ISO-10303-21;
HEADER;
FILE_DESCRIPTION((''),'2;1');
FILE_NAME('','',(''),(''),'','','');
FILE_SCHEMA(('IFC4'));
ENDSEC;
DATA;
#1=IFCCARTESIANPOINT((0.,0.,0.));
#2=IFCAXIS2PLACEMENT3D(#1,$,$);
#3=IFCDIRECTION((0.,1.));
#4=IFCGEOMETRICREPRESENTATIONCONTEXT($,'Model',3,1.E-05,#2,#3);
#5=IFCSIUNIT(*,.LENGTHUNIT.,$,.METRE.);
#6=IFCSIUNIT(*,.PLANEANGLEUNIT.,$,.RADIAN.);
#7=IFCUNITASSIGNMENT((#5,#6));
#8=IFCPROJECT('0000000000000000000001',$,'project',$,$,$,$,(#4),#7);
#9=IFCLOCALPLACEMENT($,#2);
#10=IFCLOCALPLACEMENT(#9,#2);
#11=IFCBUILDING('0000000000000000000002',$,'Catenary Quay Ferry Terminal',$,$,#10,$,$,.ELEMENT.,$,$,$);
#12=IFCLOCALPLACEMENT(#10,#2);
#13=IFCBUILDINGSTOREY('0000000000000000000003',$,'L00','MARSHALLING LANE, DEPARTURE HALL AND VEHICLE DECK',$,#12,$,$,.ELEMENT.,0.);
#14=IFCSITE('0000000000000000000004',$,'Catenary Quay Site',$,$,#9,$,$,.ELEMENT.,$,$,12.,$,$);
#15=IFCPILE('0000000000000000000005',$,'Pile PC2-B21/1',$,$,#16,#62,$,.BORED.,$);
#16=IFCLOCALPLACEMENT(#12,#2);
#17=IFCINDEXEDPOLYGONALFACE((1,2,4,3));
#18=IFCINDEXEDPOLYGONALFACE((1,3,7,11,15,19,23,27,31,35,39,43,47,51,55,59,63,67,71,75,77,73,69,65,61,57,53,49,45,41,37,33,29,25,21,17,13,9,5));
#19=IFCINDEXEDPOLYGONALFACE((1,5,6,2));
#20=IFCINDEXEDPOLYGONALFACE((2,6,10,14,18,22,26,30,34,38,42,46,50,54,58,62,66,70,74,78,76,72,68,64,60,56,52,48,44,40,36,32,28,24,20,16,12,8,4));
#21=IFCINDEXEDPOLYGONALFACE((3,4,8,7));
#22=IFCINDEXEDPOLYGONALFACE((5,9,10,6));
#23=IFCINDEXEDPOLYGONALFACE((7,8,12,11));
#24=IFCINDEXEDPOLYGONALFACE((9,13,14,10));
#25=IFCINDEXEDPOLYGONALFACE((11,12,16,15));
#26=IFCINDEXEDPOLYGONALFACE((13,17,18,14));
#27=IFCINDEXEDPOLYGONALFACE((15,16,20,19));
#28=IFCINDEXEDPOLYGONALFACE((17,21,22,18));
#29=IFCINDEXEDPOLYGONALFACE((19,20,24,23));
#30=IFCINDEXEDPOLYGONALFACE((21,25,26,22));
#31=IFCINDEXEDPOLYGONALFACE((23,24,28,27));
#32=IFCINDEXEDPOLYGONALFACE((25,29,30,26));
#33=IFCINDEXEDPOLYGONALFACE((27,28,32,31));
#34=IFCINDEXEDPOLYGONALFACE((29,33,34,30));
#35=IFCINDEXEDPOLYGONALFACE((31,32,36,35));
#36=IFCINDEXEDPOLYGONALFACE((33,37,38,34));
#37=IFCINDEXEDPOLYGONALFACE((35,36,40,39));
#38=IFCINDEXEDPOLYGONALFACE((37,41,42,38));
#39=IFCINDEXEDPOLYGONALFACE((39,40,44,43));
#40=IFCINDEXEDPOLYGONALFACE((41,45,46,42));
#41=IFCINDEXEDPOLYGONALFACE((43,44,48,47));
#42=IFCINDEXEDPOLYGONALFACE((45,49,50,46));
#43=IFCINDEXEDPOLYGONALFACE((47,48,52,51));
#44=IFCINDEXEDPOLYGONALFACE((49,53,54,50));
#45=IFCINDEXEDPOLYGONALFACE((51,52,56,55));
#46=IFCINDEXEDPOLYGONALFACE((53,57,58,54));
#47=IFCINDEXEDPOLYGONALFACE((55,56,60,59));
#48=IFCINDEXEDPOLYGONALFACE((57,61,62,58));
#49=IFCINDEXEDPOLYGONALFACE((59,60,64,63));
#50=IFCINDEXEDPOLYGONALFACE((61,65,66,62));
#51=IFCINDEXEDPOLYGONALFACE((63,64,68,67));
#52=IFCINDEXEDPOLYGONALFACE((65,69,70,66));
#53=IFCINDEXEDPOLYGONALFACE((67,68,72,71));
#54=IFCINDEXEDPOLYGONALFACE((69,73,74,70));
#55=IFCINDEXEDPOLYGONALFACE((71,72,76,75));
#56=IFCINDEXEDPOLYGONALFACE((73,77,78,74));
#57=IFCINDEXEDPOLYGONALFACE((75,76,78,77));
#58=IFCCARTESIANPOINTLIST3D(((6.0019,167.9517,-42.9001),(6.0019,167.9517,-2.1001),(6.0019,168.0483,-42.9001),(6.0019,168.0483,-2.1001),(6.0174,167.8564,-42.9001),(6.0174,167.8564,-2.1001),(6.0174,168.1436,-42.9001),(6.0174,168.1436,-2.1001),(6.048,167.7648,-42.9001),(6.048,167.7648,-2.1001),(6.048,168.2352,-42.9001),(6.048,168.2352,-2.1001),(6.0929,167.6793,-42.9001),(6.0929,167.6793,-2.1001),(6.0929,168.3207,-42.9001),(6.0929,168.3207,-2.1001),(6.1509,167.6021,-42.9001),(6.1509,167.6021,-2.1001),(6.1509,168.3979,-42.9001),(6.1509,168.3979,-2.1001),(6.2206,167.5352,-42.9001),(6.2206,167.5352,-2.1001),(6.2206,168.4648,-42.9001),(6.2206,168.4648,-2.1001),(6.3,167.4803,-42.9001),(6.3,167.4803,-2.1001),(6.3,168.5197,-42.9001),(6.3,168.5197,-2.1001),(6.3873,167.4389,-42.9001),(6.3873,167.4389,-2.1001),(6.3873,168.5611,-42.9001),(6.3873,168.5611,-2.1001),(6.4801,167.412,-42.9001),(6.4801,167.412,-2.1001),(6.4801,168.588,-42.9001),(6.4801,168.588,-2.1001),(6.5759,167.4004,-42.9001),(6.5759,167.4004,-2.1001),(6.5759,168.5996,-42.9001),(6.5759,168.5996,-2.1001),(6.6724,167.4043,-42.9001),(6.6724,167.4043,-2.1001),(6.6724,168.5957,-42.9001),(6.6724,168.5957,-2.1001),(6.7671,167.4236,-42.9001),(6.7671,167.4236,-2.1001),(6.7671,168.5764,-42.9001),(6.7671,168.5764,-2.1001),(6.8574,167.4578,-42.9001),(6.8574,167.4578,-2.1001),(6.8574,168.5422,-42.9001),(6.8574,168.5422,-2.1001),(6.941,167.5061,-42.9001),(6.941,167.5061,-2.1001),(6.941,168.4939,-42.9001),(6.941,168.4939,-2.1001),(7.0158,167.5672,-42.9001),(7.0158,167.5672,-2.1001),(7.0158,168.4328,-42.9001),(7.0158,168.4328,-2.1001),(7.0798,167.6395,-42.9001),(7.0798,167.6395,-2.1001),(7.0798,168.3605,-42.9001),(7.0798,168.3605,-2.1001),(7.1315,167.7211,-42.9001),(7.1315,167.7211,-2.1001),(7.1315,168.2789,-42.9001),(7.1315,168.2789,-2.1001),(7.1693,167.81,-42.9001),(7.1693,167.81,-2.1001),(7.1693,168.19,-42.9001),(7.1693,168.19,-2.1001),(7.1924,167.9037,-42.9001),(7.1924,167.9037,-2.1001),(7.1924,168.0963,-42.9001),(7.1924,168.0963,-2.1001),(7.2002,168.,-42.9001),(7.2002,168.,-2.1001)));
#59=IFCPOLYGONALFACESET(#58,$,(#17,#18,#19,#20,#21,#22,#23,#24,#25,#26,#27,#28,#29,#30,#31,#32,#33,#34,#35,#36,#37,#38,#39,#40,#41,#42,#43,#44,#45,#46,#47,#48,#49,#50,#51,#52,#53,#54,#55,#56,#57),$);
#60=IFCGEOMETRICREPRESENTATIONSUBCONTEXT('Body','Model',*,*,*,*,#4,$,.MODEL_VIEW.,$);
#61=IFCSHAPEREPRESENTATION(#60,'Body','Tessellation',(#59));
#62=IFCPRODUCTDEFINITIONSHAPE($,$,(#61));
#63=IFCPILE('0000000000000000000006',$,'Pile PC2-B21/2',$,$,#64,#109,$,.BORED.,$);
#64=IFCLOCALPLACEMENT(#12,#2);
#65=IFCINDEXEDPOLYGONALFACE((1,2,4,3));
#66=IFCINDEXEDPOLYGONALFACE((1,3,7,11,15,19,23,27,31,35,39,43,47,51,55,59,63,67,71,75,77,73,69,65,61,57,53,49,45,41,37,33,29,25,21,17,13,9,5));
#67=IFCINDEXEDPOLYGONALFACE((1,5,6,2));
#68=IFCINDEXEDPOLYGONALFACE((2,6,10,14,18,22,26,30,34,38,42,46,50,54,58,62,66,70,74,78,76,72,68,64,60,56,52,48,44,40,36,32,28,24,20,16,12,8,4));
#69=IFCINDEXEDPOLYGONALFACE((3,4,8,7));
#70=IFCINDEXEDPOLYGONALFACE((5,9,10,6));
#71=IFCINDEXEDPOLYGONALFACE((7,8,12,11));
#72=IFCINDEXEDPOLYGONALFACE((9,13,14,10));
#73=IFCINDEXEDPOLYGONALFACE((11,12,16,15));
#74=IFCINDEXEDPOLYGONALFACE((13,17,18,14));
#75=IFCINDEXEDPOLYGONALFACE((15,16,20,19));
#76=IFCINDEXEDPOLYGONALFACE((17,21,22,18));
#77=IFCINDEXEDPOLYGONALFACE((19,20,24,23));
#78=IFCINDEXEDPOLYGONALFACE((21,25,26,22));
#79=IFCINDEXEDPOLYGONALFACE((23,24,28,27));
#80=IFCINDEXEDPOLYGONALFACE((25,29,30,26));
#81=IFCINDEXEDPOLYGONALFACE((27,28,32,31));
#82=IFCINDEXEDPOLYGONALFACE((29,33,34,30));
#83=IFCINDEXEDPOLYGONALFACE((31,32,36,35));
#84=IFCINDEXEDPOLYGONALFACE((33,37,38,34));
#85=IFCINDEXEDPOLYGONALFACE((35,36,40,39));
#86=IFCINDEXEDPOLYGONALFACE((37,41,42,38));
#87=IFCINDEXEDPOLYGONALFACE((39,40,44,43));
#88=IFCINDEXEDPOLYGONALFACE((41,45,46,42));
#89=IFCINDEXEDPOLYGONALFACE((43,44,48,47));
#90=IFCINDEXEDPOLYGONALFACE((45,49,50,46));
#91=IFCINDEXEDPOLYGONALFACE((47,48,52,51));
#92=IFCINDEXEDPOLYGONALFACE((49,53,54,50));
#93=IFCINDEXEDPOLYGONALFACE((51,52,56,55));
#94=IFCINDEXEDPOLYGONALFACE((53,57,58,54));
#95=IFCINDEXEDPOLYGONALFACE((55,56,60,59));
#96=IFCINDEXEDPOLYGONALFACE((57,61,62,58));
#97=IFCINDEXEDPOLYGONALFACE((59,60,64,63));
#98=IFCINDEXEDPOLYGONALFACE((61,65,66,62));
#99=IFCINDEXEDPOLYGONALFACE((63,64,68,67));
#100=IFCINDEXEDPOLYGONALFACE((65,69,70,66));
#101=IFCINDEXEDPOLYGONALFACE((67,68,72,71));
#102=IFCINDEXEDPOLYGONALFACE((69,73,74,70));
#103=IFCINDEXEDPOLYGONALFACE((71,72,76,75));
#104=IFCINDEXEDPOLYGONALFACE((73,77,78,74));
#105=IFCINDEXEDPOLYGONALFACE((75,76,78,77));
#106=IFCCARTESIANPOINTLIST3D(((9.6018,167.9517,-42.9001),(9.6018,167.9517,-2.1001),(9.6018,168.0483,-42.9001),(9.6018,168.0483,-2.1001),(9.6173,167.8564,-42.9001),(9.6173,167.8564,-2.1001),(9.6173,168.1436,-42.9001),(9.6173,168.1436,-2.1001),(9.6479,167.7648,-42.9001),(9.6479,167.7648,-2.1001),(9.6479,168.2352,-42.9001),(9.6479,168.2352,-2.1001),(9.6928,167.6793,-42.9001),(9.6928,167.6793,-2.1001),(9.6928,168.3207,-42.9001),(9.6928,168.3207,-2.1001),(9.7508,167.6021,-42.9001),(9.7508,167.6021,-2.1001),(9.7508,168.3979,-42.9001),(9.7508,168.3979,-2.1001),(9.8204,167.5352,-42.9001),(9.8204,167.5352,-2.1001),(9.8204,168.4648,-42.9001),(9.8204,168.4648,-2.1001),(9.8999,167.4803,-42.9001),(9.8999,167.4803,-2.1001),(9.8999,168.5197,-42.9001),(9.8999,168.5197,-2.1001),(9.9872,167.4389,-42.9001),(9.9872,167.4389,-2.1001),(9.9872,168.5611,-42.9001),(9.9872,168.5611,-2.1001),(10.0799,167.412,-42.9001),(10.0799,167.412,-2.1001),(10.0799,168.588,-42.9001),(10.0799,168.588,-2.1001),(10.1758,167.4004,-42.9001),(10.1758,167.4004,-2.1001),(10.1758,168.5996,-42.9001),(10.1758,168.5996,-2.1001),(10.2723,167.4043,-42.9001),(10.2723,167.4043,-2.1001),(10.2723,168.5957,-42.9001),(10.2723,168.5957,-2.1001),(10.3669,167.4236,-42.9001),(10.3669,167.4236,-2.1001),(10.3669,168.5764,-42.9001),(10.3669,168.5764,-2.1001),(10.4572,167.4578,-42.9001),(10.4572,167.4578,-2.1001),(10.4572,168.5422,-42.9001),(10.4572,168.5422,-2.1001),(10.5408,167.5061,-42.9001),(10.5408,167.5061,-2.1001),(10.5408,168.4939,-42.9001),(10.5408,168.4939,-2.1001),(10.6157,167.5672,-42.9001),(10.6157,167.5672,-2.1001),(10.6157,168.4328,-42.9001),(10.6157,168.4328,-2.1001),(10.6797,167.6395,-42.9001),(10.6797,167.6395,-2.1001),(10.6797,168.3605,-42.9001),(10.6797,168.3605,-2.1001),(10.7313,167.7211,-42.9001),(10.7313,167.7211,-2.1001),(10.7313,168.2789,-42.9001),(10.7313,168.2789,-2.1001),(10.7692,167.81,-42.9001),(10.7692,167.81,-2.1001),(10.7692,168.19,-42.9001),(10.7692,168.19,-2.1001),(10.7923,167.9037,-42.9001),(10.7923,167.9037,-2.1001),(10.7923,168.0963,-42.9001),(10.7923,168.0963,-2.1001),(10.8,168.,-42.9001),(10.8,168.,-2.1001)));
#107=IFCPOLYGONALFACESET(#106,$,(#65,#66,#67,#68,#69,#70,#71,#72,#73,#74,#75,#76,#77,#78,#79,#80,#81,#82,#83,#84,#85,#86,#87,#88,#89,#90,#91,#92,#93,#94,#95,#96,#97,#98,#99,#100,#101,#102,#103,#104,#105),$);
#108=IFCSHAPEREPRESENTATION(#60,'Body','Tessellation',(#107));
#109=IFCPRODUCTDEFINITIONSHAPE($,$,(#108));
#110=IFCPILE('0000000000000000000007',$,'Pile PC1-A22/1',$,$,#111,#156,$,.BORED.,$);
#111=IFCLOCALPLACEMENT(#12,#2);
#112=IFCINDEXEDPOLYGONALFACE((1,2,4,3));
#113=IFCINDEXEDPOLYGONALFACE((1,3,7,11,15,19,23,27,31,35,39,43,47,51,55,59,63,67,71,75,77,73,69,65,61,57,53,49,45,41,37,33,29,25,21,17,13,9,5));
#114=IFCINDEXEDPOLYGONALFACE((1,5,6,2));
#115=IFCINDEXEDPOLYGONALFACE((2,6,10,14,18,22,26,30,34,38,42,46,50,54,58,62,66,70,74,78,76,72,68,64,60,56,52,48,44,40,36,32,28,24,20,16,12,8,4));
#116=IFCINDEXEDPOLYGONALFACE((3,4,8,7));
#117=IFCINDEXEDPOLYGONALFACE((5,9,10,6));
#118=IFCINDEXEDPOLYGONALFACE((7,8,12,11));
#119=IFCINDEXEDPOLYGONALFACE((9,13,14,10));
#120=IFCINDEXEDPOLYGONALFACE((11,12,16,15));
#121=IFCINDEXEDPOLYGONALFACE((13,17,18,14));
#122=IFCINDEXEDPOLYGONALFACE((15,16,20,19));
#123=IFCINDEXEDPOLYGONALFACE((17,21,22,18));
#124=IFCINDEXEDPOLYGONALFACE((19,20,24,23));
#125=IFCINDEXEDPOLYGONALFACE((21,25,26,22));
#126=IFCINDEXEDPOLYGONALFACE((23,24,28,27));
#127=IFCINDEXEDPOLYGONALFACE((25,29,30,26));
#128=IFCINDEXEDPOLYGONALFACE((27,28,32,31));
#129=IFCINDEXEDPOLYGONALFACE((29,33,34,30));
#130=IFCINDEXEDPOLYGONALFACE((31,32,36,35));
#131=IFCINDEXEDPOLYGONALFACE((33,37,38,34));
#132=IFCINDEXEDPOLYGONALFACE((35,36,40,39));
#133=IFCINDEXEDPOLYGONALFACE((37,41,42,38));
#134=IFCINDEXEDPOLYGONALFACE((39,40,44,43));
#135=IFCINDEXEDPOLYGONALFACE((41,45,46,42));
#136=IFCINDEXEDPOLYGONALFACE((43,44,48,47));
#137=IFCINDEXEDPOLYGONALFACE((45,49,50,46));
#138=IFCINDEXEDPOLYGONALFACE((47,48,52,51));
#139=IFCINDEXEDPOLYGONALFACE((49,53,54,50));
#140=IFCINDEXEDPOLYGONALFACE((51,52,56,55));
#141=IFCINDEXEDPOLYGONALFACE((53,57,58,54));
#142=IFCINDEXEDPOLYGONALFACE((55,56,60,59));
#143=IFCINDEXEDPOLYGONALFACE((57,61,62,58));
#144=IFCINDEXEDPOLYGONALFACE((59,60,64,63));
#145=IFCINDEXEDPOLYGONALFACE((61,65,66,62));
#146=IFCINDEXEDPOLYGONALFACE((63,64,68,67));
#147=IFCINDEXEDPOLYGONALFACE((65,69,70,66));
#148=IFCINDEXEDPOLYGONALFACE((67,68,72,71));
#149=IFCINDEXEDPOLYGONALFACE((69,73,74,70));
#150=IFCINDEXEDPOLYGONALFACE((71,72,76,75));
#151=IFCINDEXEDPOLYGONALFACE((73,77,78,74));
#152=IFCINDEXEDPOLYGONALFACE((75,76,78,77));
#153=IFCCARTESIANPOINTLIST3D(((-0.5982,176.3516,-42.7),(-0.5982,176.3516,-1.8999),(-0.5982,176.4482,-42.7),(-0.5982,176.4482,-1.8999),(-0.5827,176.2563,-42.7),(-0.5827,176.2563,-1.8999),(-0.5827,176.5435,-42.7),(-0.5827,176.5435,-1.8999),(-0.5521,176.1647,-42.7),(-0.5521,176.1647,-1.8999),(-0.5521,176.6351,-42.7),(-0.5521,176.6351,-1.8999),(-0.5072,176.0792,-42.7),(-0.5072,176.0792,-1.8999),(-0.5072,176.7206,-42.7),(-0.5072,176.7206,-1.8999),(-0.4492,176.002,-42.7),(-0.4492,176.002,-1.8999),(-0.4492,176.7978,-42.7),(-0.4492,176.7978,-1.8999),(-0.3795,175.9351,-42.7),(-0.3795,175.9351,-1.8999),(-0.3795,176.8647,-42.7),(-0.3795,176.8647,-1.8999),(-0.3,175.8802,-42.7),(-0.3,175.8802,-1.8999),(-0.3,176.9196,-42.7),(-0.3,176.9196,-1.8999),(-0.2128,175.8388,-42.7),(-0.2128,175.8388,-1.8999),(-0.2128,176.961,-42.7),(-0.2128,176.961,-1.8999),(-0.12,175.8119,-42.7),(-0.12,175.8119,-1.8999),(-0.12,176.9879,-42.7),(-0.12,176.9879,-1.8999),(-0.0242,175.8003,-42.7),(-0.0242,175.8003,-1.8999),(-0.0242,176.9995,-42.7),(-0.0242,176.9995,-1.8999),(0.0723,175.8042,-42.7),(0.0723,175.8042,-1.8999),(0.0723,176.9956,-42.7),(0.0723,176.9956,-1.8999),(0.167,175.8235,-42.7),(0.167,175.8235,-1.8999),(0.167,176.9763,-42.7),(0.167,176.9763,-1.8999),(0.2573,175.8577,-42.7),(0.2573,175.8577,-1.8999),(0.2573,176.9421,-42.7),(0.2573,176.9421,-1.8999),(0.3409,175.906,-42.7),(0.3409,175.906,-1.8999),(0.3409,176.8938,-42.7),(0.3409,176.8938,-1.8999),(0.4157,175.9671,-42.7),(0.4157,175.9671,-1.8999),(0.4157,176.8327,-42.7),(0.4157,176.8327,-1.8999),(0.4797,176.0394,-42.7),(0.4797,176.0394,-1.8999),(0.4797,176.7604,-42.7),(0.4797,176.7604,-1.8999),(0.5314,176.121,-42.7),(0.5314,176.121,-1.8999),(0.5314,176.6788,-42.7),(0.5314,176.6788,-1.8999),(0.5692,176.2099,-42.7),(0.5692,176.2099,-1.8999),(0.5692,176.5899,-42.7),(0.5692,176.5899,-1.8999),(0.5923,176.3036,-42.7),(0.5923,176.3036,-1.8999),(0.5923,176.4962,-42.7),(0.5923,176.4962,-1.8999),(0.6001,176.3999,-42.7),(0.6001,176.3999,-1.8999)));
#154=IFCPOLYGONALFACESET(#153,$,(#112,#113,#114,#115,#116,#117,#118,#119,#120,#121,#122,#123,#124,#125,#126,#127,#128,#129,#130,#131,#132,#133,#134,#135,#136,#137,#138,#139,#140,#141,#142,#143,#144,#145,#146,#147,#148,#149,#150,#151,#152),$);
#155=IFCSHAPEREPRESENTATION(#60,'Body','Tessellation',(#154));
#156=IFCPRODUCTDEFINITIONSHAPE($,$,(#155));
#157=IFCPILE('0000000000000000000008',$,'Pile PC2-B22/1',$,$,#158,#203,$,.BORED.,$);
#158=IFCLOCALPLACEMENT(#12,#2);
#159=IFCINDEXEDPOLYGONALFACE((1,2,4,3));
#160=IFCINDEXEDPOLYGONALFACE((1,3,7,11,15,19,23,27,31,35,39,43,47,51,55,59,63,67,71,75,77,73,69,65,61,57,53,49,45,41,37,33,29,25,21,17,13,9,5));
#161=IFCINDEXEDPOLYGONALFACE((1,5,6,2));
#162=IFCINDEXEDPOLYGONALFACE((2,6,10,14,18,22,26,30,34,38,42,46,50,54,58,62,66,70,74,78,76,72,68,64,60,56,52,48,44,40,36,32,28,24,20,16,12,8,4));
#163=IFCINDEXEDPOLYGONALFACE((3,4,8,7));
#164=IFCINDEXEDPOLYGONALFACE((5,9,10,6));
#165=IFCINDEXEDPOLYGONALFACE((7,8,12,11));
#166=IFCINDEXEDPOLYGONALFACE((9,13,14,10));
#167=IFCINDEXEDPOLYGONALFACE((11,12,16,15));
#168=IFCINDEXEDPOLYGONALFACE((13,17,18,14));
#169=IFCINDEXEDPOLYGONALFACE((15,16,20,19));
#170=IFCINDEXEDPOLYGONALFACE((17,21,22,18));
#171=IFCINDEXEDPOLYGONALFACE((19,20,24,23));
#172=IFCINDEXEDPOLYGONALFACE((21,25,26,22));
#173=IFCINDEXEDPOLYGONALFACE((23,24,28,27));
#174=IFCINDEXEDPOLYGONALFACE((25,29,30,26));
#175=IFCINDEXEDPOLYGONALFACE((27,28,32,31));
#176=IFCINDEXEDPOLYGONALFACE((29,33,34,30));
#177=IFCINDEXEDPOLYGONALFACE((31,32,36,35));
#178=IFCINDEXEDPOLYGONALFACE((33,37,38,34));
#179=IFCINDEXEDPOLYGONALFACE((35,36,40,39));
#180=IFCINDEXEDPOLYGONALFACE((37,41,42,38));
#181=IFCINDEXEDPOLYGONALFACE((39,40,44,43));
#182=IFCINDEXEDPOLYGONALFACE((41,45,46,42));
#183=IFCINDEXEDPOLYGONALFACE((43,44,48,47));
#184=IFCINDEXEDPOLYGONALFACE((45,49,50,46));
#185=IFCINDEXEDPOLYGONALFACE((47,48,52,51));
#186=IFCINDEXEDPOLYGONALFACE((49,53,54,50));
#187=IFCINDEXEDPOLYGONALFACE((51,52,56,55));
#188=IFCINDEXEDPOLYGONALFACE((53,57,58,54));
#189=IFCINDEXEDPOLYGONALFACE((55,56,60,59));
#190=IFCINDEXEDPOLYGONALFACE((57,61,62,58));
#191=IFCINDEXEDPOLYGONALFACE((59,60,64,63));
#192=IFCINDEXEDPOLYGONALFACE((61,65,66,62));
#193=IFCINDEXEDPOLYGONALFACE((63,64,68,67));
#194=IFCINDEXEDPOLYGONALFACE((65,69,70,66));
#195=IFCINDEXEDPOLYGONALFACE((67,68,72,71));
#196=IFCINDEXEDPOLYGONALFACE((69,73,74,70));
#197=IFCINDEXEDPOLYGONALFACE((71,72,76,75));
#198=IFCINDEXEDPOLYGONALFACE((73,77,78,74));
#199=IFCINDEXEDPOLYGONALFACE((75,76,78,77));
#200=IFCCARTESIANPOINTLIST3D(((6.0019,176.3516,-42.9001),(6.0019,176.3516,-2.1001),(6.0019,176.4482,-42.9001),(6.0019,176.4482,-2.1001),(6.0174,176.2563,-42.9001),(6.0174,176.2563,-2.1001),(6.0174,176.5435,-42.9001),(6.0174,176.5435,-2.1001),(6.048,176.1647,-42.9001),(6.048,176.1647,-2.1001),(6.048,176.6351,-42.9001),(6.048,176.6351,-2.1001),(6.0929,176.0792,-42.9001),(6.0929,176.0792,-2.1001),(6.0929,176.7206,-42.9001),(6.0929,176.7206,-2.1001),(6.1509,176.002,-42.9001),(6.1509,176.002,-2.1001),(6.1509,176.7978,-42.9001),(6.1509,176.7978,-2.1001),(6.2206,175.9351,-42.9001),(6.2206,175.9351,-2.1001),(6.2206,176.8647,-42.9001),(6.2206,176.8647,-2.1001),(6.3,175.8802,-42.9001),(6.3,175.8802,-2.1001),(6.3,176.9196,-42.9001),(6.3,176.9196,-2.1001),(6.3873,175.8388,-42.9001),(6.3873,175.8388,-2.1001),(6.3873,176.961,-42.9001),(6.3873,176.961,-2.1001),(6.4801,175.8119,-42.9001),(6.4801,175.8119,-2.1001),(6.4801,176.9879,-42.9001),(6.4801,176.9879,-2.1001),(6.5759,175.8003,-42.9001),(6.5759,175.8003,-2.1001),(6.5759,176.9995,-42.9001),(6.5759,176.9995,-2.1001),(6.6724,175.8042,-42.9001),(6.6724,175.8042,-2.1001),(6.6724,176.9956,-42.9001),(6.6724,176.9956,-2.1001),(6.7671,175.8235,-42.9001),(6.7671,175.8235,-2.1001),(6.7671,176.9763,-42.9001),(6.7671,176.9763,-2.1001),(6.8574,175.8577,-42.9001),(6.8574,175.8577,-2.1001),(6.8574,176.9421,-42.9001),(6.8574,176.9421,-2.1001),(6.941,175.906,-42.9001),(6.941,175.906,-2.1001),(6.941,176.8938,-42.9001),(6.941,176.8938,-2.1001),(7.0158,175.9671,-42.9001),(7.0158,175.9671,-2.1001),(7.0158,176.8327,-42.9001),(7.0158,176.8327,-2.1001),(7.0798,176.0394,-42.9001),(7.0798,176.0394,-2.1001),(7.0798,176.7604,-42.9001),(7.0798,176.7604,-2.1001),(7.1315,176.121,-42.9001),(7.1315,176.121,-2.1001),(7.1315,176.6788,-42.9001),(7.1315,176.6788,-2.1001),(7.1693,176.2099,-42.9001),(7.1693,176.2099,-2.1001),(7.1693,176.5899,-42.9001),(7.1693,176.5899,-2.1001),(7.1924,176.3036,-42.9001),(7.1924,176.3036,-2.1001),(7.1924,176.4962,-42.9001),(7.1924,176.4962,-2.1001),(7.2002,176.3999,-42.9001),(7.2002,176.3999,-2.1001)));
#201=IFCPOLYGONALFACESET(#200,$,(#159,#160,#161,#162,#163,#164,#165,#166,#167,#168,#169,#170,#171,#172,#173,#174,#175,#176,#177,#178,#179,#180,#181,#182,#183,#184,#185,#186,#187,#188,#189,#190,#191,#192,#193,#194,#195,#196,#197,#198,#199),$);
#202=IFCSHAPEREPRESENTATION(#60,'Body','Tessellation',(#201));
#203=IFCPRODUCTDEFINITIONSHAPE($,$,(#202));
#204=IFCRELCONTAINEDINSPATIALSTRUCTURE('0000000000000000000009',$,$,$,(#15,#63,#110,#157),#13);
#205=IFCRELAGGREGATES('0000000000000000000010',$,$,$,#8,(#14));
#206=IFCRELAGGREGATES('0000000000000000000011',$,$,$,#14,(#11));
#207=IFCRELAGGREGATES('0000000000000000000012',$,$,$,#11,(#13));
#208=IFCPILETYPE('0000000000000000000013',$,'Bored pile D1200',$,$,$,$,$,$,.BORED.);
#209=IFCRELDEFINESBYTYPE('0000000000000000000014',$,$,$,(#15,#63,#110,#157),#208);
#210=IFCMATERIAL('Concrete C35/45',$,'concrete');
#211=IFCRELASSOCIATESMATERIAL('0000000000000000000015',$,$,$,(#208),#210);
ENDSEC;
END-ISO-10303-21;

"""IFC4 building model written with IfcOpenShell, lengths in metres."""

from ifc_helpers import new_model, si_unit, direction, frame, origin, origin_2d, place, context, subcontext, project, spatial, circle, extrude, material, material_profile, profile_set, type_object, element, save


model = new_model("IFC4")

# Units and contexts
model_context = context("Model", 3, precision=1e-05, world=origin(), true_north=direction((0.0, 1.0)))
body_context = subcontext(model_context, "Body", "Model", "MODEL_VIEW")
ifc_project = project(units=[si_unit("LENGTHUNIT", "METRE"), si_unit("PLANEANGLEUNIT", "RADIAN")], contexts=[model_context])

# Site, building, storey
site_placement = place(None, origin())
site = spatial("IfcSite", under=ifc_project, at=site_placement, Name="Catenary Quay Site", CompositionType="ELEMENT", RefElevation=12.0)
building_placement = place(site_placement, origin())
building = spatial("IfcBuilding", under=site, at=building_placement, Name="Catenary Quay Ferry Terminal", CompositionType="ELEMENT")
storey_placement = place(building_placement, origin())
storey = spatial("IfcBuildingStorey", under=building, at=storey_placement, Name="L00", Description="MARSHALLING LANE, DEPARTURE HALL AND VEHICLE DECK", CompositionType="ELEMENT", Elevation=0.0)

# Piles
ifc_material_1 = material(Name="Concrete C35/45", Category="concrete")
ifc_material_profile_1 = material_profile(ifc_material_1, circle(Radius=0.6001, at=origin_2d()), Name="D1200")
ifc_profile_set_1 = profile_set([ifc_material_profile_1], Name="Concrete C35/45")
pile_type = type_object("IfcPileType", Name="Bored pile D1200", PredefinedType="BORED", material=ifc_profile_set_1)
for number, where, z_axis, x_axis, name in (
    (1, (6.6001, 168.0, -2.1001), (0.0, 0.0, -1.0), (1.0, 0.0, 0.0), "Pile PC2-B21/1"),
    (2, (10.2, 168.0, -2.1001), (0.0, 0.0, -1.0), (1.0, 0.0, 0.0), "Pile PC2-B21/2"),
    (3, (0.0, 176.3999, -1.8999), (0.0, 0.0, -1.0), (1.0, 0.0, 0.0), "Pile PC1-A22/1"),
    (4, (6.6001, 176.3999, -2.1001), (0.0, 0.0, -1.0), (1.0, 0.0, 0.0), "Pile PC2-B22/1"),
):
    element("IfcPile", number, at=place(storey_placement, frame(where, z_axis=z_axis, x_axis=x_axis)), inside=storey, type_object=pile_type, Name=name, PredefinedType="BORED", context=body_context, shape_type="SweptSolid", body=[
        extrude(circle(Radius=0.6001, at=origin_2d()), origin(), (0.0, 0.0, 1.0), 40.8),
    ])

save(model, "model.ifc")
